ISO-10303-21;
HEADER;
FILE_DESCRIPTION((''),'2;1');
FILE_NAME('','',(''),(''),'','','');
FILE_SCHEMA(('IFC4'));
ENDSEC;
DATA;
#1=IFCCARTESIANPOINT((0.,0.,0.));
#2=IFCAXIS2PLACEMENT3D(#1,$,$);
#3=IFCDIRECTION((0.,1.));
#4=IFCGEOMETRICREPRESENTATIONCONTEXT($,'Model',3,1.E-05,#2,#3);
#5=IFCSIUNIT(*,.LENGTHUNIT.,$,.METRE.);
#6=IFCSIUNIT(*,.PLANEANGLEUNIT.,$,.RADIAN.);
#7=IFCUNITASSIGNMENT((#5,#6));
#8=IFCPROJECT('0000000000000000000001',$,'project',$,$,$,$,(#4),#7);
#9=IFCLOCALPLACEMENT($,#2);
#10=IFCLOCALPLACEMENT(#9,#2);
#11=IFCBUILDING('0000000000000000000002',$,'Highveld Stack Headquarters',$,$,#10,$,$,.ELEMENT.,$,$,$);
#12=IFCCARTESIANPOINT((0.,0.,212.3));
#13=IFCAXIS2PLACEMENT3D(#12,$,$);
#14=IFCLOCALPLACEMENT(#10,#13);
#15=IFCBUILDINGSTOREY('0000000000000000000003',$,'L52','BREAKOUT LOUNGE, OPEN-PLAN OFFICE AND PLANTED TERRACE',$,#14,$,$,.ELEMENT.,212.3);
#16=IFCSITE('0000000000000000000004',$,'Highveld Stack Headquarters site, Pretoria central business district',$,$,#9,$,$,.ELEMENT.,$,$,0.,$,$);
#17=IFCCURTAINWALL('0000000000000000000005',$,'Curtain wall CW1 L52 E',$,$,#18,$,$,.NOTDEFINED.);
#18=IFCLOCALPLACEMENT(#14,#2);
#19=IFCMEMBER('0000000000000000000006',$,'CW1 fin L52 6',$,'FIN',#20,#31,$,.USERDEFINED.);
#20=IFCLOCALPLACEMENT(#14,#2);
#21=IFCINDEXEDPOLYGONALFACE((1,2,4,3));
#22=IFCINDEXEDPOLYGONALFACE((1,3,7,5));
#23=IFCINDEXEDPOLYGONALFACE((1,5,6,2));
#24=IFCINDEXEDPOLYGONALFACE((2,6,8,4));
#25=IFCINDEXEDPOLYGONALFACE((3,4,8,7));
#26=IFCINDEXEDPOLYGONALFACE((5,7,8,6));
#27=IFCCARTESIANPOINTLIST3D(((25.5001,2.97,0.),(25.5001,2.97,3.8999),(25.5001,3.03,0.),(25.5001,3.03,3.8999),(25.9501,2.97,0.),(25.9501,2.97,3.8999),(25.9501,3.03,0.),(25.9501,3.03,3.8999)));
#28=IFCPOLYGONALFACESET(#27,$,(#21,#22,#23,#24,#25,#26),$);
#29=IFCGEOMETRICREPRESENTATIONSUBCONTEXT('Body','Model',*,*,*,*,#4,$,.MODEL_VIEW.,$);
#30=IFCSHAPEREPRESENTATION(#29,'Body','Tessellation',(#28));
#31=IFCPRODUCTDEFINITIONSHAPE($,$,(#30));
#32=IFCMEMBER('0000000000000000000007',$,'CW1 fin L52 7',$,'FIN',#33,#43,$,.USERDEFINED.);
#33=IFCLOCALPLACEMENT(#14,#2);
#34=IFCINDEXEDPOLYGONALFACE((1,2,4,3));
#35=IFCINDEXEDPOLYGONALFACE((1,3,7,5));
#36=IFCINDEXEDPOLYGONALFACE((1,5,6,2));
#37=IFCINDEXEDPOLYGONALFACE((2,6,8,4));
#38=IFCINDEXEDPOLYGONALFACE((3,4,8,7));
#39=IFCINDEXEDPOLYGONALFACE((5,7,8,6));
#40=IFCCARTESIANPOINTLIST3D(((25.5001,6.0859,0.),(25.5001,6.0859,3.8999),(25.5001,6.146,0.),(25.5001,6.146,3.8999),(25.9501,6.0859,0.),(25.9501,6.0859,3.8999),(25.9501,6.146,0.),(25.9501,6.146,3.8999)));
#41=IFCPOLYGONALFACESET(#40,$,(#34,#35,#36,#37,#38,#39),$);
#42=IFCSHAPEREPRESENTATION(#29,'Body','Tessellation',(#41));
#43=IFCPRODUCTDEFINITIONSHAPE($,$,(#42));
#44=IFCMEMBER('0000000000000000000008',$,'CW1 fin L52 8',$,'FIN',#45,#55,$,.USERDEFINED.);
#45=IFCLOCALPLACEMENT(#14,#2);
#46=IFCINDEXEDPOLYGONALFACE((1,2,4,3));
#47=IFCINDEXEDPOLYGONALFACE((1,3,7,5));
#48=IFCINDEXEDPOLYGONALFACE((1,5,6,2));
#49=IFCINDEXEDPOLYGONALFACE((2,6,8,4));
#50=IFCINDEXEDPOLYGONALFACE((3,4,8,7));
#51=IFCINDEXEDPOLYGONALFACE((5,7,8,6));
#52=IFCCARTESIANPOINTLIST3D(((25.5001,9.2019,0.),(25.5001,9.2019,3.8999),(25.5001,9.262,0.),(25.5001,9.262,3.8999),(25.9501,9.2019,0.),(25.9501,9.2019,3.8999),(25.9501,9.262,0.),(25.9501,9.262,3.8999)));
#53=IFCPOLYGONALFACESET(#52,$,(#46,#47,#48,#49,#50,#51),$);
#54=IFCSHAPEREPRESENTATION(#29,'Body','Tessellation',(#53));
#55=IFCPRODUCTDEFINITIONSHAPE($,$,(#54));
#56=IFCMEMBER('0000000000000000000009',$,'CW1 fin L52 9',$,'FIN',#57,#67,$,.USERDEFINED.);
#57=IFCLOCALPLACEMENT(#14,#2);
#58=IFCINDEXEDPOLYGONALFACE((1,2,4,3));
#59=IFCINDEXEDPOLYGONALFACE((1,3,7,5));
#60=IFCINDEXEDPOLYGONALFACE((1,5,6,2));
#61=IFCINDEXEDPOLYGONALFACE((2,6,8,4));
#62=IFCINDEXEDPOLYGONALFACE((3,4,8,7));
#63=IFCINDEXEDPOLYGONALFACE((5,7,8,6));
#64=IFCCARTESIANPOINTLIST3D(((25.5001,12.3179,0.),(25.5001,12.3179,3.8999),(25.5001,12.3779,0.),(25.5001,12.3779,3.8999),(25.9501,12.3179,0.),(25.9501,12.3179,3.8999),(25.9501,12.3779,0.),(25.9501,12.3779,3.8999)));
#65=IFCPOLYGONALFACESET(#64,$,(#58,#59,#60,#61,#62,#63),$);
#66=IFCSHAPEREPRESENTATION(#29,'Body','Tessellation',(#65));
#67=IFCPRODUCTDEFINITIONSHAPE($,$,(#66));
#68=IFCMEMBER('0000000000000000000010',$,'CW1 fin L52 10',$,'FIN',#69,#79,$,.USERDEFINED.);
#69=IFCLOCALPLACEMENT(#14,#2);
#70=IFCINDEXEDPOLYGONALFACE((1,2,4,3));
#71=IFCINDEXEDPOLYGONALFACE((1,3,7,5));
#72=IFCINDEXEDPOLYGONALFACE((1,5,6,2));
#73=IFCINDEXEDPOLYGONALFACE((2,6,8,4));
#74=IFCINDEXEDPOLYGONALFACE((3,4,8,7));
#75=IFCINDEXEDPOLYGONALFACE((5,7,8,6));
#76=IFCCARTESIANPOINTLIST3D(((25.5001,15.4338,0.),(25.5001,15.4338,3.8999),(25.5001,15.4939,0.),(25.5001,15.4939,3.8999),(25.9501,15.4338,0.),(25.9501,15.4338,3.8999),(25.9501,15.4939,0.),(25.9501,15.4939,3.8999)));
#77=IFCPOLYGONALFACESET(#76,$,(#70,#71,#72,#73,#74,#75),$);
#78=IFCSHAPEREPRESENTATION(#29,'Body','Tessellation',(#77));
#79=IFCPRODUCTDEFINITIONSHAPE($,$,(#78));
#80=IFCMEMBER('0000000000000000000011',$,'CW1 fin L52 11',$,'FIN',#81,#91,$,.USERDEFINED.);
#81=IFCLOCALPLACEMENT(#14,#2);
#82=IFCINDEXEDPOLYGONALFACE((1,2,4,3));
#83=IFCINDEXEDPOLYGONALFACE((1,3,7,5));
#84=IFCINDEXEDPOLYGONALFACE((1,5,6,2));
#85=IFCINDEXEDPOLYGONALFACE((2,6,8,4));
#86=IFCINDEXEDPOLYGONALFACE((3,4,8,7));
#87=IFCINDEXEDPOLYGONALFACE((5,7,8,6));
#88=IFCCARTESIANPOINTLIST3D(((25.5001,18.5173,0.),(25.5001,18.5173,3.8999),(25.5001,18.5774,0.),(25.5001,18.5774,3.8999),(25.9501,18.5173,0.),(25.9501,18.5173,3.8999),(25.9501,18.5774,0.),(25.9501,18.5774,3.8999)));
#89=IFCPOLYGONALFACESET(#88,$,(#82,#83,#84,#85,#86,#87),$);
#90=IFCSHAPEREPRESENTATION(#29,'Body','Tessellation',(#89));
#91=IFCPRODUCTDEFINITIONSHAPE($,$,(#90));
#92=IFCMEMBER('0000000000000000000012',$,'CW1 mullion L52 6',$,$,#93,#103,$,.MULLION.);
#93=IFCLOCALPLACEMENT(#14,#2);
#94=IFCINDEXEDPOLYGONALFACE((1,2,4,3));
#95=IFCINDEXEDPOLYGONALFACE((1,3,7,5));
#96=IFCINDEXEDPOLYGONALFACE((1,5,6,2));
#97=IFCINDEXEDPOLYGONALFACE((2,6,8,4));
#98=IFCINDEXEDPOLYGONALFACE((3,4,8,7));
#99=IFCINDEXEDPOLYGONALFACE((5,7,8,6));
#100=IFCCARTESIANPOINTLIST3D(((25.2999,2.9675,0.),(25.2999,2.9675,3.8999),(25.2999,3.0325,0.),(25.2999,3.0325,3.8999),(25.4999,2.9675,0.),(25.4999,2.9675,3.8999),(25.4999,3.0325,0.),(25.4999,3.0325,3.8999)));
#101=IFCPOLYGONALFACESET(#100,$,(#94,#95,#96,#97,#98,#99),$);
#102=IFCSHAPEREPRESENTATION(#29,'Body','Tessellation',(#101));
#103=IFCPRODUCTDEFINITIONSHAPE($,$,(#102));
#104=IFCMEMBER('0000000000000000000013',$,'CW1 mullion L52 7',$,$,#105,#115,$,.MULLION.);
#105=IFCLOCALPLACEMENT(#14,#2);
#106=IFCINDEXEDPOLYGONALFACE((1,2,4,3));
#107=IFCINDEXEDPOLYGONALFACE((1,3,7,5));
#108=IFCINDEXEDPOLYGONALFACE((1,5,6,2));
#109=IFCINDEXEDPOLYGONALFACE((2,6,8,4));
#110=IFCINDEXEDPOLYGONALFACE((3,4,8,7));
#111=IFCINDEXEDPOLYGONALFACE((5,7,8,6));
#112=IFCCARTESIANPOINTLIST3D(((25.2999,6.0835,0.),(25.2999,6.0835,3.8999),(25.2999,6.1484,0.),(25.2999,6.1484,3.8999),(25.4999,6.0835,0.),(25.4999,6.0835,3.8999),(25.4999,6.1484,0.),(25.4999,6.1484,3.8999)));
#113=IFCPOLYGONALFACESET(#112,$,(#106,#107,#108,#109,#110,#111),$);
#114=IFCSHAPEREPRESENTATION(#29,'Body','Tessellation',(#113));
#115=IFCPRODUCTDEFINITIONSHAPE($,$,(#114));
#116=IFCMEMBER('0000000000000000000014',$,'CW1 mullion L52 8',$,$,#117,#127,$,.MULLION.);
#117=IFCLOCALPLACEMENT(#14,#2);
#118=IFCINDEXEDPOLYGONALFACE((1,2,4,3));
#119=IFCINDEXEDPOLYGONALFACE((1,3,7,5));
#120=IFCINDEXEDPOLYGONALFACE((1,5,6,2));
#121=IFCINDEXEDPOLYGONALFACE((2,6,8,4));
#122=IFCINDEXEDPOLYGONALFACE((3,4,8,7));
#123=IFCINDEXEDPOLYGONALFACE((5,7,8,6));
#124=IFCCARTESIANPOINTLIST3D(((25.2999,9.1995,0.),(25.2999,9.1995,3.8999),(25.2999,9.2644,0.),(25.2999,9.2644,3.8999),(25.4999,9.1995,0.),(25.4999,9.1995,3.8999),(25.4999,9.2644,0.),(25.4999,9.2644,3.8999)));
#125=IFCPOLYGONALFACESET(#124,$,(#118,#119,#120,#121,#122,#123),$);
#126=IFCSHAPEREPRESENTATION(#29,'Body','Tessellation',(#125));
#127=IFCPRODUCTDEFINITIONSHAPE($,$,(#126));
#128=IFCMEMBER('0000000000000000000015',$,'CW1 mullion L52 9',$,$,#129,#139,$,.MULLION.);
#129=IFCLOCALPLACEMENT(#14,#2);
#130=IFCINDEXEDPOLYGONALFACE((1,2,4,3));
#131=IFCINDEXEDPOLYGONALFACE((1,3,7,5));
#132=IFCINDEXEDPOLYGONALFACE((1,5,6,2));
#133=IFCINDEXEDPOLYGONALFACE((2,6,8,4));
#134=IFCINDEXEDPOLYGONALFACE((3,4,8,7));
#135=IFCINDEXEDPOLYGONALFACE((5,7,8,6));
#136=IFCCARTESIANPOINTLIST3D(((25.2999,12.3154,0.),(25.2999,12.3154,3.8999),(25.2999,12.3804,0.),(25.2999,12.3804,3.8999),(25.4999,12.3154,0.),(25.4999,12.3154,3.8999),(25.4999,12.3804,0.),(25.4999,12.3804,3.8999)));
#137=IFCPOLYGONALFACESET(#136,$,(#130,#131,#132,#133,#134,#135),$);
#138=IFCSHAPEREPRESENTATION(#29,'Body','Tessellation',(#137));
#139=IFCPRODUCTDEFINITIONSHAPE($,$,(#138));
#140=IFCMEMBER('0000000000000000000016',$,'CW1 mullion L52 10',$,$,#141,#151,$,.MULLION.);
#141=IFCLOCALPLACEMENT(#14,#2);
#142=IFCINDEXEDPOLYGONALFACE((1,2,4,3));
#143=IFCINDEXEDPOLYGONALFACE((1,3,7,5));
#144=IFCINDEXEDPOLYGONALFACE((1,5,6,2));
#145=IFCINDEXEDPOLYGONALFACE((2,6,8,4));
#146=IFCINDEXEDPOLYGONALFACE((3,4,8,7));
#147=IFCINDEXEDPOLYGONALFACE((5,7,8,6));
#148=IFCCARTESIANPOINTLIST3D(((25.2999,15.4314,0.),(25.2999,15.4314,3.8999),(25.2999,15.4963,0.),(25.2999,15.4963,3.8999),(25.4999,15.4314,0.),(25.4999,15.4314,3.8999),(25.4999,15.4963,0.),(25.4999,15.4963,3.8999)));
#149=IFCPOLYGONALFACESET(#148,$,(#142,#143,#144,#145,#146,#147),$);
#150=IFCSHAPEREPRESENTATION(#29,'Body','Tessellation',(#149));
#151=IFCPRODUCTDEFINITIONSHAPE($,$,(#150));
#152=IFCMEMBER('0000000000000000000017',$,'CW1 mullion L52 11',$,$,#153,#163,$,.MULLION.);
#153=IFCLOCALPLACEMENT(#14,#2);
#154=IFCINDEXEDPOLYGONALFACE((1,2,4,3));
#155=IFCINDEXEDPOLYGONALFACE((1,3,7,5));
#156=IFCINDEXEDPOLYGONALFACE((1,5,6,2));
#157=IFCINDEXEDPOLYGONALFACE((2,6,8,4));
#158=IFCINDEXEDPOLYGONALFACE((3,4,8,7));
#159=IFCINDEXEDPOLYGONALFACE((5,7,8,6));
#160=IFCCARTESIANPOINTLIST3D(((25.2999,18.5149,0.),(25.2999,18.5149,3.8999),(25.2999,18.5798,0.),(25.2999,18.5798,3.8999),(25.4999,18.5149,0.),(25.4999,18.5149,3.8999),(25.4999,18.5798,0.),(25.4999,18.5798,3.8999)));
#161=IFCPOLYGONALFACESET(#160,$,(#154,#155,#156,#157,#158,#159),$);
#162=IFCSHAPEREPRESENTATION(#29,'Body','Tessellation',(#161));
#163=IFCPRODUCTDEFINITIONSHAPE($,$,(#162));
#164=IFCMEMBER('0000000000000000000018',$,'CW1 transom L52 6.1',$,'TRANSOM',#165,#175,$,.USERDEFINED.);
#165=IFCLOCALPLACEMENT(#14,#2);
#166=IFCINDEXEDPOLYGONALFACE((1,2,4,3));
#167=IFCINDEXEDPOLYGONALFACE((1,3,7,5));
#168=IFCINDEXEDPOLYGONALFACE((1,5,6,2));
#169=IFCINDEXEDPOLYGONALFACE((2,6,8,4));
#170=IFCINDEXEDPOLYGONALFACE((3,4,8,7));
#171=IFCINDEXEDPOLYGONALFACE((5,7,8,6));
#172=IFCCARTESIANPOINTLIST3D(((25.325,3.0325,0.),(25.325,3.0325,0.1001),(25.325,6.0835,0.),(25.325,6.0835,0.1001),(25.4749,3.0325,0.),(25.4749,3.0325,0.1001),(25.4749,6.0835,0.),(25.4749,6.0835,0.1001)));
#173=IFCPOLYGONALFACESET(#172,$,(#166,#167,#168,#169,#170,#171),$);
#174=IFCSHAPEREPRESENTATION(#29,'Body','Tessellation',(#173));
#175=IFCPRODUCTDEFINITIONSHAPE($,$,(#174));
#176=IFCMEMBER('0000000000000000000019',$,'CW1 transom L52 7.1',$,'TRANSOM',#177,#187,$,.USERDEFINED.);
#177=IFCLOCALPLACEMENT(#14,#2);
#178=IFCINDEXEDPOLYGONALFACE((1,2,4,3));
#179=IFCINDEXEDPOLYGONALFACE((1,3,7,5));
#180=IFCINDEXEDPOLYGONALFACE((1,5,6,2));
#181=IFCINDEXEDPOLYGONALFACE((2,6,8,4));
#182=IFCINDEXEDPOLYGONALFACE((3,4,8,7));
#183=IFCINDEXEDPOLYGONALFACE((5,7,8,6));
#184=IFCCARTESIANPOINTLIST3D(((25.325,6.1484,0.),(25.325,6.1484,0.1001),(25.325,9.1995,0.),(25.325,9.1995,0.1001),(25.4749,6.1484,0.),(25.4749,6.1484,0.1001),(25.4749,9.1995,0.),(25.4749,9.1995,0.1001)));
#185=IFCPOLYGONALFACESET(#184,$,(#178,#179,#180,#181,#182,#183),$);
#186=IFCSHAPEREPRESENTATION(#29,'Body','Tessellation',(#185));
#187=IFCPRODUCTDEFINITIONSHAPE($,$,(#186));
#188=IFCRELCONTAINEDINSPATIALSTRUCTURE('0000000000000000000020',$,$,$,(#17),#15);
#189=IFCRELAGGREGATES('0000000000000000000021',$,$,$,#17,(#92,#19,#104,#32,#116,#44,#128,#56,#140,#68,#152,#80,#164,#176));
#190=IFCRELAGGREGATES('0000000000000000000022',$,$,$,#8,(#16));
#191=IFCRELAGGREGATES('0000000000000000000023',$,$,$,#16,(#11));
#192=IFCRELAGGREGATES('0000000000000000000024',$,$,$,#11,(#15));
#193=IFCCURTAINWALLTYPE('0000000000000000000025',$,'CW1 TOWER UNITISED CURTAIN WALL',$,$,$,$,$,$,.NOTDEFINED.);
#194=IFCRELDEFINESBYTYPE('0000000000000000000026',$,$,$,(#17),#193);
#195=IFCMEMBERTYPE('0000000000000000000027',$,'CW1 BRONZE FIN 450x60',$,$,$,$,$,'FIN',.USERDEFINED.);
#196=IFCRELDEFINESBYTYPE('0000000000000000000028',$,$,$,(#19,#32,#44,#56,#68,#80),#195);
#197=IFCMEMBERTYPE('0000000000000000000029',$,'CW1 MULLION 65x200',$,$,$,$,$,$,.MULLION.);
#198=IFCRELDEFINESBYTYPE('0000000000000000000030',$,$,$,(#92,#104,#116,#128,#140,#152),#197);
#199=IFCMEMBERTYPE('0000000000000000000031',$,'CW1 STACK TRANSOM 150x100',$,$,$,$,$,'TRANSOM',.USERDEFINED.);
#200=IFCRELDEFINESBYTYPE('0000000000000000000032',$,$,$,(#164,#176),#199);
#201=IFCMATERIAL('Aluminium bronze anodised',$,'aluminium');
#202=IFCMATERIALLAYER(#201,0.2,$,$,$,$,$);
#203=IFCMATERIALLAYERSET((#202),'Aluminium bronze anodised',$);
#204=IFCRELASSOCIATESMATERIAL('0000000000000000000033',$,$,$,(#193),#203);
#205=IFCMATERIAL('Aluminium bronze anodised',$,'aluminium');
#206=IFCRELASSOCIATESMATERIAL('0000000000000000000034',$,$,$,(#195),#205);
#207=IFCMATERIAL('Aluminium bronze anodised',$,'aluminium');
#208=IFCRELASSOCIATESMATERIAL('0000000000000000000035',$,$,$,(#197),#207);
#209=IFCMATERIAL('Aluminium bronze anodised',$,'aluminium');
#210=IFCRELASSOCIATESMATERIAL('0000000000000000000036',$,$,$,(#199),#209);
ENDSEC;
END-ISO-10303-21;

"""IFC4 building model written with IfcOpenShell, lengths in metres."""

from ifc_helpers import new_model, si_unit, direction, frame, origin, origin_2d, place, context, subcontext, project, spatial, rectangle, extrude, material, layer, layer_set, material_profile, profile_set, type_object, element, aggregate, save


model = new_model("IFC4")

# Units and contexts
model_context = context("Model", 3, precision=1e-05, world=origin(), true_north=direction((0.0, 1.0)))
body_context = subcontext(model_context, "Body", "Model", "MODEL_VIEW")
ifc_project = project(units=[si_unit("LENGTHUNIT", "METRE"), si_unit("PLANEANGLEUNIT", "RADIAN")], contexts=[model_context])

# Site, building, storey
site_placement = place(None, origin())
site = spatial("IfcSite", under=ifc_project, at=site_placement, Name="Highveld Stack Headquarters site, Pretoria central business district", CompositionType="ELEMENT", RefElevation=0.0)
building_placement = place(site_placement, origin())
building = spatial("IfcBuilding", under=site, at=building_placement, Name="Highveld Stack Headquarters", CompositionType="ELEMENT")
storey_placement = place(building_placement, frame((0.0, 0.0, 212.3)))
storey = spatial("IfcBuildingStorey", under=building, at=storey_placement, Name="L52", Description="BREAKOUT LOUNGE, OPEN-PLAN OFFICE AND PLANTED TERRACE", CompositionType="ELEMENT", Elevation=212.3)

# Curtain wall, members
ifc_material_1 = material(Name="Aluminium bronze anodised", Category="aluminium")
ifc_layer_1 = layer(ifc_material_1, 0.2)
ifc_layer_set_1 = layer_set([ifc_layer_1], Name="Aluminium bronze anodised")
curtain_wall_type_1 = type_object("IfcCurtainWallType", Name="CW1 TOWER UNITISED CURTAIN WALL", PredefinedType="NOTDEFINED", material=ifc_layer_set_1)
curtain_wall_1_placement = place(storey_placement, origin())
curtain_wall_1 = element("IfcCurtainWall", 1, at=curtain_wall_1_placement, inside=storey, type_object=curtain_wall_type_1, Name="Curtain wall CW1 L52 E", PredefinedType="NOTDEFINED")
ifc_material_2 = material(Name="Aluminium bronze anodised", Category="aluminium")
ifc_material_profile_1 = material_profile(ifc_material_2, rectangle(XDim=0.45, YDim=0.0601, at=origin_2d()), Name="FIN 450x60")
ifc_profile_set_1 = profile_set([ifc_material_profile_1], Name="Aluminium bronze anodised")
member_type_1 = type_object("IfcMemberType", Name="CW1 BRONZE FIN 450x60", ElementType="FIN", PredefinedType="USERDEFINED", material=ifc_profile_set_1)
member_1_placement = place(storey_placement, frame((25.7251, 3.0, 0.0), z_axis=(0.0, 0.0, 1.0), x_axis=(-1.0, 0.0, 0.0)))
member_1 = element("IfcMember", 2, at=member_1_placement, type_object=member_type_1, Name="CW1 fin L52 6", ObjectType="FIN", PredefinedType="USERDEFINED", context=body_context, shape_type="SweptSolid", body=[
    extrude(rectangle(XDim=0.45, YDim=0.0601, at=origin_2d()), origin(), (0.0, 0.0, 1.0), 3.8999),
])
member_2_placement = place(storey_placement, frame((25.7251, 6.116, 0.0), z_axis=(0.0, 0.0, 1.0), x_axis=(-1.0, 0.0, 0.0)))
member_2 = element("IfcMember", 3, at=member_2_placement, type_object=member_type_1, Name="CW1 fin L52 7", ObjectType="FIN", PredefinedType="USERDEFINED", context=body_context, shape_type="SweptSolid", body=[
    extrude(rectangle(XDim=0.45, YDim=0.0601, at=origin_2d()), origin(), (0.0, 0.0, 1.0), 3.8999),
])
member_3_placement = place(storey_placement, frame((25.7251, 9.2319, 0.0), z_axis=(0.0, 0.0, 1.0), x_axis=(-1.0, 0.0, 0.0)))
member_3 = element("IfcMember", 4, at=member_3_placement, type_object=member_type_1, Name="CW1 fin L52 8", ObjectType="FIN", PredefinedType="USERDEFINED", context=body_context, shape_type="SweptSolid", body=[
    extrude(rectangle(XDim=0.45, YDim=0.0601, at=origin_2d()), origin(), (0.0, 0.0, 1.0), 3.8999),
])
member_4_placement = place(storey_placement, frame((25.7251, 12.3479, 0.0), z_axis=(0.0, 0.0, 1.0), x_axis=(-1.0, 0.0, 0.0)))
member_4 = element("IfcMember", 5, at=member_4_placement, type_object=member_type_1, Name="CW1 fin L52 9", ObjectType="FIN", PredefinedType="USERDEFINED", context=body_context, shape_type="SweptSolid", body=[
    extrude(rectangle(XDim=0.45, YDim=0.0601, at=origin_2d()), origin(), (0.0, 0.0, 1.0), 3.8999),
])
member_5_placement = place(storey_placement, frame((25.7251, 15.4639, 0.0), z_axis=(0.0, 0.0, 1.0), x_axis=(-1.0, 0.0, 0.0)))
member_5 = element("IfcMember", 6, at=member_5_placement, type_object=member_type_1, Name="CW1 fin L52 10", ObjectType="FIN", PredefinedType="USERDEFINED", context=body_context, shape_type="SweptSolid", body=[
    extrude(rectangle(XDim=0.45, YDim=0.0601, at=origin_2d()), origin(), (0.0, 0.0, 1.0), 3.8999),
])
member_6_placement = place(storey_placement, frame((25.7251, 18.5474, 0.0), z_axis=(0.0, 0.0, 1.0), x_axis=(-1.0, 0.0, 0.0)))
member_6 = element("IfcMember", 7, at=member_6_placement, type_object=member_type_1, Name="CW1 fin L52 11", ObjectType="FIN", PredefinedType="USERDEFINED", context=body_context, shape_type="SweptSolid", body=[
    extrude(rectangle(XDim=0.45, YDim=0.0601, at=origin_2d()), origin(), (0.0, 0.0, 1.0), 3.8999),
])
ifc_material_3 = material(Name="Aluminium bronze anodised", Category="aluminium")
ifc_material_profile_2 = material_profile(ifc_material_3, rectangle(XDim=0.2, YDim=0.0649, at=origin_2d()), Name="CW1 MULLION 65x200")
ifc_profile_set_2 = profile_set([ifc_material_profile_2], Name="Aluminium bronze anodised")
member_type_2 = type_object("IfcMemberType", Name="CW1 MULLION 65x200", PredefinedType="MULLION", material=ifc_profile_set_2)
member_7_placement = place(storey_placement, frame((25.3999, 3.0, 0.0), z_axis=(0.0, 0.0, 1.0), x_axis=(-1.0, 0.0, 0.0)))
member_7 = element("IfcMember", 8, at=member_7_placement, type_object=member_type_2, Name="CW1 mullion L52 6", PredefinedType="MULLION", context=body_context, shape_type="SweptSolid", body=[
    extrude(rectangle(XDim=0.2, YDim=0.0649, at=origin_2d()), origin(), (0.0, 0.0, 1.0), 3.8999),
])
member_8_placement = place(storey_placement, frame((25.3999, 6.116, 0.0), z_axis=(0.0, 0.0, 1.0), x_axis=(-1.0, 0.0, 0.0)))
member_8 = element("IfcMember", 9, at=member_8_placement, type_object=member_type_2, Name="CW1 mullion L52 7", PredefinedType="MULLION", context=body_context, shape_type="SweptSolid", body=[
    extrude(rectangle(XDim=0.2, YDim=0.0649, at=origin_2d()), origin(), (0.0, 0.0, 1.0), 3.8999),
])
member_9_placement = place(storey_placement, frame((25.3999, 9.2319, 0.0), z_axis=(0.0, 0.0, 1.0), x_axis=(-1.0, 0.0, 0.0)))
member_9 = element("IfcMember", 10, at=member_9_placement, type_object=member_type_2, Name="CW1 mullion L52 8", PredefinedType="MULLION", context=body_context, shape_type="SweptSolid", body=[
    extrude(rectangle(XDim=0.2, YDim=0.0649, at=origin_2d()), origin(), (0.0, 0.0, 1.0), 3.8999),
])
member_10_placement = place(storey_placement, frame((25.3999, 12.3479, 0.0), z_axis=(0.0, 0.0, 1.0), x_axis=(-1.0, 0.0, 0.0)))
member_10 = element("IfcMember", 11, at=member_10_placement, type_object=member_type_2, Name="CW1 mullion L52 9", PredefinedType="MULLION", context=body_context, shape_type="SweptSolid", body=[
    extrude(rectangle(XDim=0.2, YDim=0.0649, at=origin_2d()), origin(), (0.0, 0.0, 1.0), 3.8999),
])
member_11_placement = place(storey_placement, frame((25.3999, 15.4639, 0.0), z_axis=(0.0, 0.0, 1.0), x_axis=(-1.0, 0.0, 0.0)))
member_11 = element("IfcMember", 12, at=member_11_placement, type_object=member_type_2, Name="CW1 mullion L52 10", PredefinedType="MULLION", context=body_context, shape_type="SweptSolid", body=[
    extrude(rectangle(XDim=0.2, YDim=0.0649, at=origin_2d()), origin(), (0.0, 0.0, 1.0), 3.8999),
])
member_12_placement = place(storey_placement, frame((25.3999, 18.5474, 0.0), z_axis=(0.0, 0.0, 1.0), x_axis=(-1.0, 0.0, 0.0)))
member_12 = element("IfcMember", 13, at=member_12_placement, type_object=member_type_2, Name="CW1 mullion L52 11", PredefinedType="MULLION", context=body_context, shape_type="SweptSolid", body=[
    extrude(rectangle(XDim=0.2, YDim=0.0649, at=origin_2d()), origin(), (0.0, 0.0, 1.0), 3.8999),
])
ifc_material_4 = material(Name="Aluminium bronze anodised", Category="aluminium")
ifc_material_profile_3 = material_profile(ifc_material_4, rectangle(XDim=0.1499, YDim=0.1001, at=origin_2d()), Name="CW1 TRANSOM 150x100")
ifc_profile_set_3 = profile_set([ifc_material_profile_3], Name="Aluminium bronze anodised")
member_type_3 = type_object("IfcMemberType", Name="CW1 STACK TRANSOM 150x100", ElementType="TRANSOM", PredefinedType="USERDEFINED", material=ifc_profile_set_3)
member_13_placement = place(storey_placement, frame((25.3999, 3.0325, 0.05), z_axis=(0.0, 1.0, 0.0), x_axis=(-1.0, 0.0, 0.0)))
member_13 = element("IfcMember", 14, at=member_13_placement, type_object=member_type_3, Name="CW1 transom L52 6.1", ObjectType="TRANSOM", PredefinedType="USERDEFINED", context=body_context, shape_type="SweptSolid", body=[
    extrude(rectangle(XDim=0.1499, YDim=0.1001, at=origin_2d()), origin(), (0.0, 0.0, 1.0), 3.051),
])
member_14_placement = place(storey_placement, frame((25.3999, 6.1484, 0.05), z_axis=(0.0, 1.0, 0.0), x_axis=(-1.0, 0.0, 0.0)))
member_14 = element("IfcMember", 15, at=member_14_placement, type_object=member_type_3, Name="CW1 transom L52 7.1", ObjectType="TRANSOM", PredefinedType="USERDEFINED", context=body_context, shape_type="SweptSolid", body=[
    extrude(rectangle(XDim=0.1499, YDim=0.1001, at=origin_2d()), origin(), (0.0, 0.0, 1.0), 3.051),
])

aggregate(curtain_wall_1, [member_7, member_1, member_8, member_2, member_9, member_3, member_10, member_4, member_11, member_5, member_12, member_6, member_13, member_14])

save(model, "model.ifc")
